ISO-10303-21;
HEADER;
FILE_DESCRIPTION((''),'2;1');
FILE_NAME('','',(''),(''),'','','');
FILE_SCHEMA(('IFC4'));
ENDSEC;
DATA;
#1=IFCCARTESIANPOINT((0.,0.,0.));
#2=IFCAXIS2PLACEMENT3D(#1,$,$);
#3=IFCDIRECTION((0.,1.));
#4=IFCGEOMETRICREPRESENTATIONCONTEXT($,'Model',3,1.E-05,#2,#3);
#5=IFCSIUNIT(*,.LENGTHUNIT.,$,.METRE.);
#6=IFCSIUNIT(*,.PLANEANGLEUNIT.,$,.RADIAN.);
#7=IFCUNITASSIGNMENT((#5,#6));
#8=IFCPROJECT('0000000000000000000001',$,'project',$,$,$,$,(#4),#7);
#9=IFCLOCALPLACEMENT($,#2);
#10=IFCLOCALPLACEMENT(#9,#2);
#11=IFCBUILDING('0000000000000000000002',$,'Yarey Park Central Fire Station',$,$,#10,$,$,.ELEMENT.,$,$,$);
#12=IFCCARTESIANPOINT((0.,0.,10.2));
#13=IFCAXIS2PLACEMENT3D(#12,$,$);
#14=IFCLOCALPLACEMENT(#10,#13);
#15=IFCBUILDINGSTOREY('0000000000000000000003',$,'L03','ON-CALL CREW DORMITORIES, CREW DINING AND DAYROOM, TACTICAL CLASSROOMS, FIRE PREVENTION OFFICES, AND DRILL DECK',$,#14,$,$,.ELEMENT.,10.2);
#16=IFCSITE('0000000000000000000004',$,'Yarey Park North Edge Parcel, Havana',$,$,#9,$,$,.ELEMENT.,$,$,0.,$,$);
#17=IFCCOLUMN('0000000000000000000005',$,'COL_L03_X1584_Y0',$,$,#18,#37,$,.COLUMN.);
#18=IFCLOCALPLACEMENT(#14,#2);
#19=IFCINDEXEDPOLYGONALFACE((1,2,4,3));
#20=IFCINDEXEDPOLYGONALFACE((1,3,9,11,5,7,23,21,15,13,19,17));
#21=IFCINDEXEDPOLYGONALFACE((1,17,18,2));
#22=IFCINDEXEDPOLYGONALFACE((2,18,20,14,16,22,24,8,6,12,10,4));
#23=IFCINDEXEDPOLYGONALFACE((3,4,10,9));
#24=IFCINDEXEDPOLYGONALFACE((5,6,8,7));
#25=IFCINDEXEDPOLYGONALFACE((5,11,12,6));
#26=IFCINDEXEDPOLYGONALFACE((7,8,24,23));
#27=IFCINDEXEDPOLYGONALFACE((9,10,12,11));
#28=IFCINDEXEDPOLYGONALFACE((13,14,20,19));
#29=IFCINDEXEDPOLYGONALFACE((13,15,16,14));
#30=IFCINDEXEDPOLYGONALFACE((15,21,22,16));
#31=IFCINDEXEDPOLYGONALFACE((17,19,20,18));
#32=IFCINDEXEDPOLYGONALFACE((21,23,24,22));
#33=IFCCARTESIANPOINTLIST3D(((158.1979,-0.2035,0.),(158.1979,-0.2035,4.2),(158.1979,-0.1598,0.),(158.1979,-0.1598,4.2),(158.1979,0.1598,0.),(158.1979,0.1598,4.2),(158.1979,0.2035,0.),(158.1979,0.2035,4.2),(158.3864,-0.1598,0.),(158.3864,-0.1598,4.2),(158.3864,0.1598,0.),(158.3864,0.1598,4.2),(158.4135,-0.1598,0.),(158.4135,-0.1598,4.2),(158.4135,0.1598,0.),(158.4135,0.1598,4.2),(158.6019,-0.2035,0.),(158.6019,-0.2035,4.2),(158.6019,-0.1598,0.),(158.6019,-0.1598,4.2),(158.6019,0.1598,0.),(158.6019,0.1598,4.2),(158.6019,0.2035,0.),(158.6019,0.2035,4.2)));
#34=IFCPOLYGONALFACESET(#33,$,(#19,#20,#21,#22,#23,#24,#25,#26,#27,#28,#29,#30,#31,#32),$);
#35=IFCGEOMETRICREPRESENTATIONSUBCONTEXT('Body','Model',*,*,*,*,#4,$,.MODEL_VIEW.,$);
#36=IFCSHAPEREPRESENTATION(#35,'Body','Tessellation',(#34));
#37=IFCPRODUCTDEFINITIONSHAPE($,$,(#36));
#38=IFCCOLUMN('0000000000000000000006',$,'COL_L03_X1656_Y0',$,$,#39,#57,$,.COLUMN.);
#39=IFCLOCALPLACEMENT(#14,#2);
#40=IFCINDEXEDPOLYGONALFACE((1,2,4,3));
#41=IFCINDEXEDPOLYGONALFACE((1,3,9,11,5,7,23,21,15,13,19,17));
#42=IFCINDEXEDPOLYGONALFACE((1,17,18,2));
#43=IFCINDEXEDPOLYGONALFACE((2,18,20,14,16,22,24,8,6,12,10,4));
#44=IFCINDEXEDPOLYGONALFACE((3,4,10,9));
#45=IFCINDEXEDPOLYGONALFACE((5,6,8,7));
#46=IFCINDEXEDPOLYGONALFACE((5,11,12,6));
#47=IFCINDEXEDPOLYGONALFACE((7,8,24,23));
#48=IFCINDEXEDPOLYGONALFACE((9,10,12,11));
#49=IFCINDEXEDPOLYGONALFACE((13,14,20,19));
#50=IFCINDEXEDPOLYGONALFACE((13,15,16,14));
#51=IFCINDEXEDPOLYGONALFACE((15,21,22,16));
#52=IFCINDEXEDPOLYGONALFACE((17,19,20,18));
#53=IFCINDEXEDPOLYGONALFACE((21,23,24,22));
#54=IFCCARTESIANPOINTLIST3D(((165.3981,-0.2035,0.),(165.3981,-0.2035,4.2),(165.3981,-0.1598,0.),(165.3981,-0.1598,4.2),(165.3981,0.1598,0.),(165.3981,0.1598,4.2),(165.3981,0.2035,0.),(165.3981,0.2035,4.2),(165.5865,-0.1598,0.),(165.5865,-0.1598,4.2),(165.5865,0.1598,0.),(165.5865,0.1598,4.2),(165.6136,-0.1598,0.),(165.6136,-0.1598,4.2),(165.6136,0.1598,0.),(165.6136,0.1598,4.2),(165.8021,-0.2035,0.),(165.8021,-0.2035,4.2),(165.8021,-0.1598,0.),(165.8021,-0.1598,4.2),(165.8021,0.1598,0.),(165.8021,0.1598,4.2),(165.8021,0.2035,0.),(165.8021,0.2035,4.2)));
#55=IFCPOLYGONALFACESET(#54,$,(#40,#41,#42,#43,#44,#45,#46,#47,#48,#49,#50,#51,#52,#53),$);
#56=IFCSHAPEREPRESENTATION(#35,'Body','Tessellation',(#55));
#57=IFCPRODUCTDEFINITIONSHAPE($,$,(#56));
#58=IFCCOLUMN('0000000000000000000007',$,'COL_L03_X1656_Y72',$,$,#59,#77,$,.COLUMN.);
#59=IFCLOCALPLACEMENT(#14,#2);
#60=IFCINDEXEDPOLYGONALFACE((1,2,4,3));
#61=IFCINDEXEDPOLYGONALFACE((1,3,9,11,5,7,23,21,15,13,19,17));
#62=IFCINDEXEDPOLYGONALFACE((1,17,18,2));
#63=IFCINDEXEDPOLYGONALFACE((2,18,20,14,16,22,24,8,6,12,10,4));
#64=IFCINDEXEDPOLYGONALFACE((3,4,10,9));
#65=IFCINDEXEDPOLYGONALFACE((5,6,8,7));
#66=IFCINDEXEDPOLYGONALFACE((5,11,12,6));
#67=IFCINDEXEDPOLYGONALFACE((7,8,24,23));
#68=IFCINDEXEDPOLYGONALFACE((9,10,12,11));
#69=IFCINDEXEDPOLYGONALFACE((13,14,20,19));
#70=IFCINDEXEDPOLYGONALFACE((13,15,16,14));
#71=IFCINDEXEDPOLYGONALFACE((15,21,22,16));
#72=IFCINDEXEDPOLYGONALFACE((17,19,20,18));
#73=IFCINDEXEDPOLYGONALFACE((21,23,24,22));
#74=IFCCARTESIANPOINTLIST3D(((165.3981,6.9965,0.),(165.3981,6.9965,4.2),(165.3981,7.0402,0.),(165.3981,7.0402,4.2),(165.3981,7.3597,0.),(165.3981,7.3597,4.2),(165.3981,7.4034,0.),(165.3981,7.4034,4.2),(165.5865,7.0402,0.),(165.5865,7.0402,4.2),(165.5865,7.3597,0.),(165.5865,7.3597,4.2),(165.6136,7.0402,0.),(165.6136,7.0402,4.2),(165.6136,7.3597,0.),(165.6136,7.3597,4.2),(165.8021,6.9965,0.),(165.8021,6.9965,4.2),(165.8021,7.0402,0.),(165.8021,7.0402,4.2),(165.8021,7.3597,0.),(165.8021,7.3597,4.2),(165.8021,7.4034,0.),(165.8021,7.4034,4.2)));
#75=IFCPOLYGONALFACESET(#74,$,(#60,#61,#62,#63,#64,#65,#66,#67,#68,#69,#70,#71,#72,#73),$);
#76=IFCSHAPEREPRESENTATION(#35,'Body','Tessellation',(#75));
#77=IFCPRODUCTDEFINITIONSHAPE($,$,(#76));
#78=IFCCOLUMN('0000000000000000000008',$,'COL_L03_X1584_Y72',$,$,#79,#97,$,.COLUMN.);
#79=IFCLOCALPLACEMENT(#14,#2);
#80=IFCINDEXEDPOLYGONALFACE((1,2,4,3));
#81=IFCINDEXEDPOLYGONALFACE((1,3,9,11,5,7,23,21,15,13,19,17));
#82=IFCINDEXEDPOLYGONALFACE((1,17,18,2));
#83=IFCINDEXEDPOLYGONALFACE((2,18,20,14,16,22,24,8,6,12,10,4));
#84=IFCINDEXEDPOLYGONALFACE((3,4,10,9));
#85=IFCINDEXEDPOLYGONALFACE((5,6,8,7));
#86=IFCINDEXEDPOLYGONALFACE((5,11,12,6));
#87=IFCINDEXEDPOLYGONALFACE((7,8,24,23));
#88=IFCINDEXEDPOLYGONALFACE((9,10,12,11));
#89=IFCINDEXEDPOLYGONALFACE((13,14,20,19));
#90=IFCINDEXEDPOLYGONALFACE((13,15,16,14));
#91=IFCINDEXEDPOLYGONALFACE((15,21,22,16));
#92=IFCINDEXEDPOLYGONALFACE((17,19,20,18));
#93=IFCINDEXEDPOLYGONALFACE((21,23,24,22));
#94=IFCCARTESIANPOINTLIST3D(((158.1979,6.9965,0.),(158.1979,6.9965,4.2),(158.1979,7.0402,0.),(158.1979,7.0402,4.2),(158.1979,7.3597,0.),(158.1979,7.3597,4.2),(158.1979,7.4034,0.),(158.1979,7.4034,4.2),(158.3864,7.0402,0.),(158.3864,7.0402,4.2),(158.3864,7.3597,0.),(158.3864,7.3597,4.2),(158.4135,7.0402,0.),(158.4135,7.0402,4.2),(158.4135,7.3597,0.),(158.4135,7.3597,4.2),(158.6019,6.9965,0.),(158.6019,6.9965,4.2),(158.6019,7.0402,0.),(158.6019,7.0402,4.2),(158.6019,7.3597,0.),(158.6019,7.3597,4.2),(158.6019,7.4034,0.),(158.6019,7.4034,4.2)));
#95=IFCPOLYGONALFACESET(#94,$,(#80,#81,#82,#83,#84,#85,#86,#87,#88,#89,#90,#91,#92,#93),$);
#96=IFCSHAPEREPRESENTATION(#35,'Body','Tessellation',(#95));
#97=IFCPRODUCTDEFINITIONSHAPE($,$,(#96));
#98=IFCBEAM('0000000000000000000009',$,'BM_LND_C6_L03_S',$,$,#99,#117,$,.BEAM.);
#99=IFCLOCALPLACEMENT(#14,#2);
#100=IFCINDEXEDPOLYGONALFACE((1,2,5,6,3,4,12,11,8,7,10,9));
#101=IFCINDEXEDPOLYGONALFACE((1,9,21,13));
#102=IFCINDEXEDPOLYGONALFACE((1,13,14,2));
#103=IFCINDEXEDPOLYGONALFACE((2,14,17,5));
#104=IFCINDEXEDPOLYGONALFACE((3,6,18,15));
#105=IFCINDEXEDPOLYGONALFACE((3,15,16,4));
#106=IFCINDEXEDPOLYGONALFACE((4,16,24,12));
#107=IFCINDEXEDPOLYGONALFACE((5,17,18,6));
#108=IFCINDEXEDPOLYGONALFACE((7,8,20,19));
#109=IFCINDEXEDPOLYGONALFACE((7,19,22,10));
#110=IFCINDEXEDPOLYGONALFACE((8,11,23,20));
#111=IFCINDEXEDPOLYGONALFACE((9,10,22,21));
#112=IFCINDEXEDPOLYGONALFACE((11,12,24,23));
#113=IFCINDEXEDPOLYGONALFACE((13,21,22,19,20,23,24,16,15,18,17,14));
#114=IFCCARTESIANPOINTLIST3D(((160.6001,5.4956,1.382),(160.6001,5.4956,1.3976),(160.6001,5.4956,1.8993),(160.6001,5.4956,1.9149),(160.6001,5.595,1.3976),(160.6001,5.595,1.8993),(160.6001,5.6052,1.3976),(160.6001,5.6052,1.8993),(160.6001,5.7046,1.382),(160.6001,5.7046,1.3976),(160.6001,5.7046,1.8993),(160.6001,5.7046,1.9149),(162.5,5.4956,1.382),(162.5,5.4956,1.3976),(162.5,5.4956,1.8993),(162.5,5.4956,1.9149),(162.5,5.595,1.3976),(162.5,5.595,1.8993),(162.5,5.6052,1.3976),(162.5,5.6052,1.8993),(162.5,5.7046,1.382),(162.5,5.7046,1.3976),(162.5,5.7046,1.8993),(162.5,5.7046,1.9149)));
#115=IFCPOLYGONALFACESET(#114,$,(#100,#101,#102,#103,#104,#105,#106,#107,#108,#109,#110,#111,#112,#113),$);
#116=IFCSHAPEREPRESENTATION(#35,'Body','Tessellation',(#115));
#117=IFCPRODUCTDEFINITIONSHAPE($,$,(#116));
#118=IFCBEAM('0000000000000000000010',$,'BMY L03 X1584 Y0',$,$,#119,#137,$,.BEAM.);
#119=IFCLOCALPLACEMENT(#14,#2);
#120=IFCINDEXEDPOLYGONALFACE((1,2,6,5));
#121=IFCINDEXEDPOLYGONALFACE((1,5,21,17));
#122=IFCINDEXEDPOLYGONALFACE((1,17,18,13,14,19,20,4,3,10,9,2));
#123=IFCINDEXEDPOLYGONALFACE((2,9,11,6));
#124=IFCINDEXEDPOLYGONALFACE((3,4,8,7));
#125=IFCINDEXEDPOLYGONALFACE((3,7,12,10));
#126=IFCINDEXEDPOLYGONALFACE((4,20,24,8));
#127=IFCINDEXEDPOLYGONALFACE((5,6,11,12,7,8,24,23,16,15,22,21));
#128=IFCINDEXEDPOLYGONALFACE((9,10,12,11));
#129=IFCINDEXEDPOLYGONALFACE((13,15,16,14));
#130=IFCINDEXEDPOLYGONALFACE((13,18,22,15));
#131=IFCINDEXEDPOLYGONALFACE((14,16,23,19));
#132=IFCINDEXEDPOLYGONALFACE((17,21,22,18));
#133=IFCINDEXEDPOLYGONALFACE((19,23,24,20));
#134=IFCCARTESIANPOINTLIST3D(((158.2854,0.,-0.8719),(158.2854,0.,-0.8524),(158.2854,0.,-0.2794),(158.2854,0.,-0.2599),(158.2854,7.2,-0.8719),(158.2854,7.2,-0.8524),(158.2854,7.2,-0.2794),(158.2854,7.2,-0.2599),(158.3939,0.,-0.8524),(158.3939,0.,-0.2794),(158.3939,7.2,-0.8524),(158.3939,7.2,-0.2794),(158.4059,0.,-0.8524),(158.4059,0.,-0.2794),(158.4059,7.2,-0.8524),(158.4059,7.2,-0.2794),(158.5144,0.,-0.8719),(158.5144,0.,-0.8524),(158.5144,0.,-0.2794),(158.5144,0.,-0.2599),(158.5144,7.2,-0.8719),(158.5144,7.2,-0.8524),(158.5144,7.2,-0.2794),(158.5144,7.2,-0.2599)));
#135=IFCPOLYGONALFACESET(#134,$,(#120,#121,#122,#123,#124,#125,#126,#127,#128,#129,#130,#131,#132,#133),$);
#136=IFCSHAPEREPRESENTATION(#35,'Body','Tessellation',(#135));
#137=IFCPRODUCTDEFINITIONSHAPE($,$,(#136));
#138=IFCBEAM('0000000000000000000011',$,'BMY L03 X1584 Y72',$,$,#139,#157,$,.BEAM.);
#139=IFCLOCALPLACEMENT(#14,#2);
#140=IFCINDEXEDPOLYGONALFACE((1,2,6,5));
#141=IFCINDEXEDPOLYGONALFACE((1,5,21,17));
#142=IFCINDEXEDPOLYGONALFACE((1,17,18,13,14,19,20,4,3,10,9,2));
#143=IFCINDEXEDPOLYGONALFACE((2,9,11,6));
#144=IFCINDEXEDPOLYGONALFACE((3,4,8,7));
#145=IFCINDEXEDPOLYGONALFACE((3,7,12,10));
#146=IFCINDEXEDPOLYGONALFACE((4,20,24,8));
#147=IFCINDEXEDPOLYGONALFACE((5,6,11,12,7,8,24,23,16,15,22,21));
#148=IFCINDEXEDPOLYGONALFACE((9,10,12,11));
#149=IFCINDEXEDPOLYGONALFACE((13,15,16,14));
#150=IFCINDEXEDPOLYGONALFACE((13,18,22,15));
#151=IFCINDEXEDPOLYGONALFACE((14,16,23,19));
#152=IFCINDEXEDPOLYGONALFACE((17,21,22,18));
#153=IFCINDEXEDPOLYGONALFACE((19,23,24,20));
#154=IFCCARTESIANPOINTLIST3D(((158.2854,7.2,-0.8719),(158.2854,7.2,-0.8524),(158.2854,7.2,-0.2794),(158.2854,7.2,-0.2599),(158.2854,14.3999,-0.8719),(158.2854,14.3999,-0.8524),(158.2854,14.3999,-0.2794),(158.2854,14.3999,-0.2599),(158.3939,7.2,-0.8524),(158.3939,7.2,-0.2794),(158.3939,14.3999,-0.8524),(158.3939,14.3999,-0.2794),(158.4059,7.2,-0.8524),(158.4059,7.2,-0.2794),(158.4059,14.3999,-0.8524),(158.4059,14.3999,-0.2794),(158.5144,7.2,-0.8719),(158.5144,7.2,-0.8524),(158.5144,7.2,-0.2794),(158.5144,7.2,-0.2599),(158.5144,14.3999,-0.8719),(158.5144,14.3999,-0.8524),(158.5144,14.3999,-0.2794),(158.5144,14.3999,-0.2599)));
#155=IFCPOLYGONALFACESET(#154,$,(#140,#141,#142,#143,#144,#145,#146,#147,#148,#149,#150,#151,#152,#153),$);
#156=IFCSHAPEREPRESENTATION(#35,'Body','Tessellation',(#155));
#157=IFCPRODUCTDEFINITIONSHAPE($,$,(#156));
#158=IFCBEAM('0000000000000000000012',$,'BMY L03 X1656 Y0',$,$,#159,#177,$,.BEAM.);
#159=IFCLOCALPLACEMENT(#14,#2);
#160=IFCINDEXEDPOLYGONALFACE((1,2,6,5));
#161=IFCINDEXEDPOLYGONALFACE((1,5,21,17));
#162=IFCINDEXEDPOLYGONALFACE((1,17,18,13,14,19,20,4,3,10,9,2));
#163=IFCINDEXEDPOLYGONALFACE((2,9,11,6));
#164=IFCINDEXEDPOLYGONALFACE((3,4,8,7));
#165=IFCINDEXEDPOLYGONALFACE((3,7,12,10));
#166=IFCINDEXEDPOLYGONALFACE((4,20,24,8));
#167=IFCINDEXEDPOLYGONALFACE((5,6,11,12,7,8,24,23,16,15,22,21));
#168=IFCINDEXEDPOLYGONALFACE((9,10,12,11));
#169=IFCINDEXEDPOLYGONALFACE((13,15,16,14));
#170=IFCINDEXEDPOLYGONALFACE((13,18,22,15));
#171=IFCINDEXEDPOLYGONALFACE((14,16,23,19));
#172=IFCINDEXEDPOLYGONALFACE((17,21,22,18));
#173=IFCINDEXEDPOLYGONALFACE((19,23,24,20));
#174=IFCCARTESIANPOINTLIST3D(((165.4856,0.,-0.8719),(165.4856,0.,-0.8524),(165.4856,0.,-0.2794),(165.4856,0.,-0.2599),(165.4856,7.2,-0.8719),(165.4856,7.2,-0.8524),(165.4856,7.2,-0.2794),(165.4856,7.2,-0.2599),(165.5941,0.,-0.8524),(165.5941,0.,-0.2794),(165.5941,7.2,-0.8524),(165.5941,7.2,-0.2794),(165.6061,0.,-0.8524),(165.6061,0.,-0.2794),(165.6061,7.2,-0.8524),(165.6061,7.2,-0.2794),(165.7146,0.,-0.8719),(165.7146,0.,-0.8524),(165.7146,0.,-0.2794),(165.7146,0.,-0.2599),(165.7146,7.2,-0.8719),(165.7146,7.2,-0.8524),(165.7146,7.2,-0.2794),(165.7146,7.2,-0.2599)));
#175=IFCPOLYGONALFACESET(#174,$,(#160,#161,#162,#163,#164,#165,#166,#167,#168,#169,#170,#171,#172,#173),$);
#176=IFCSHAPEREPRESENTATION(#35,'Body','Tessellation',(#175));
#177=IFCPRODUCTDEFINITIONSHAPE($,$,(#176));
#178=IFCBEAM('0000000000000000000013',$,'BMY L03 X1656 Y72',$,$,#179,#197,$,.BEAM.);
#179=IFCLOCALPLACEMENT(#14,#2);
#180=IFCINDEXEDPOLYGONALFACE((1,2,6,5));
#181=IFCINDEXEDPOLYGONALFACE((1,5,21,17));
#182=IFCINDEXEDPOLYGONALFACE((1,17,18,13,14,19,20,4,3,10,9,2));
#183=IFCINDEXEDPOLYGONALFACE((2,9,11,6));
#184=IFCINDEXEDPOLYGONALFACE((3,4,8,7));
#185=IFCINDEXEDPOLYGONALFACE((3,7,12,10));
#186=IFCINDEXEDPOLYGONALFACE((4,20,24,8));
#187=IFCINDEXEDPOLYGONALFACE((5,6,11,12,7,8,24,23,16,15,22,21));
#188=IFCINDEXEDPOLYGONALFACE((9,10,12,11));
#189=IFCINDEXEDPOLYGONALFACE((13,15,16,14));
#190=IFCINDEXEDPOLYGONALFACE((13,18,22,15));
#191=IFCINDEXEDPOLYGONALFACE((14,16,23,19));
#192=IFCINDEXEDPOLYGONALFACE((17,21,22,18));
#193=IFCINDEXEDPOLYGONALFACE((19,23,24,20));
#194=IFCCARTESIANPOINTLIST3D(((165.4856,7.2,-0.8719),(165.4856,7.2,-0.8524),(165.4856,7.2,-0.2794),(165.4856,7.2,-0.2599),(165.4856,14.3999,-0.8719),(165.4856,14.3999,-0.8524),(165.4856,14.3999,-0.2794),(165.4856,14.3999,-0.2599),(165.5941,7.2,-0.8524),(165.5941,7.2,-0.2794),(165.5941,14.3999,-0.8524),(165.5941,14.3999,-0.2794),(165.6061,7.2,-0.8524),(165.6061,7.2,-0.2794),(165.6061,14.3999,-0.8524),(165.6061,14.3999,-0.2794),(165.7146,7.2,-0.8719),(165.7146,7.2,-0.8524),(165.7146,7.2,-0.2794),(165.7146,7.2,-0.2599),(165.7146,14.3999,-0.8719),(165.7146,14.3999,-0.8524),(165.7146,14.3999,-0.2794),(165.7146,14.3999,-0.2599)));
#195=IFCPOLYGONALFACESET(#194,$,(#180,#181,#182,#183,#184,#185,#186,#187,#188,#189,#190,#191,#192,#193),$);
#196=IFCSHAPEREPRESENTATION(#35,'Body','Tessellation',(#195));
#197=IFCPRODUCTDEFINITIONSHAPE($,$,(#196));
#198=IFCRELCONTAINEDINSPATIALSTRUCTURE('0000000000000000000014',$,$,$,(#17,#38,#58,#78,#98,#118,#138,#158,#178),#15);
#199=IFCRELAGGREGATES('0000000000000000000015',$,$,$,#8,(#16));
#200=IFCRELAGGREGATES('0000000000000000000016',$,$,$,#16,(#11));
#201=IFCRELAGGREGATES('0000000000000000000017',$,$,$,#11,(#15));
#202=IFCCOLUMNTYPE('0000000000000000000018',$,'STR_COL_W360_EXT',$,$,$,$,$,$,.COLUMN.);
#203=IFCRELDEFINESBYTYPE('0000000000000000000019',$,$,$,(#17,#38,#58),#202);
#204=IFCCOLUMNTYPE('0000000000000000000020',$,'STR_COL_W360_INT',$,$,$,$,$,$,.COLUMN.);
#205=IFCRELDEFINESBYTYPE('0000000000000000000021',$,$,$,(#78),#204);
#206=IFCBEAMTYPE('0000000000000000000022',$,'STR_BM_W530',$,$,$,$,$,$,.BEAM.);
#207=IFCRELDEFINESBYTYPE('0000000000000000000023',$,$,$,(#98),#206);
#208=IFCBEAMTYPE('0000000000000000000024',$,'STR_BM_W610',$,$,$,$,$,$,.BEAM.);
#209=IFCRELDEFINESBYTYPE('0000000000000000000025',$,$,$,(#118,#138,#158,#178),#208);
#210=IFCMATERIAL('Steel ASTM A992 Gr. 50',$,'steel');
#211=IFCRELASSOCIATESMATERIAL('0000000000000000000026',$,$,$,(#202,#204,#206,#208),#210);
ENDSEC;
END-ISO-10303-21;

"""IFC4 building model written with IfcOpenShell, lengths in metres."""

from ifc_helpers import new_model, si_unit, direction, frame, origin, origin_2d, place, context, subcontext, project, spatial, i_section, extrude, material, material_profile, profile_set, type_object, element, save


model = new_model("IFC4")

# Units and contexts
model_context = context("Model", 3, precision=1e-05, world=origin(), true_north=direction((0.0, 1.0)))
body_context = subcontext(model_context, "Body", "Model", "MODEL_VIEW")
ifc_project = project(units=[si_unit("LENGTHUNIT", "METRE"), si_unit("PLANEANGLEUNIT", "RADIAN")], contexts=[model_context])

# Site, building, storey
site_placement = place(None, origin())
site = spatial("IfcSite", under=ifc_project, at=site_placement, Name="Yarey Park North Edge Parcel, Havana", CompositionType="ELEMENT", RefElevation=0.0)
building_placement = place(site_placement, origin())
building = spatial("IfcBuilding", under=site, at=building_placement, Name="Yarey Park Central Fire Station", CompositionType="ELEMENT")
storey_placement = place(building_placement, frame((0.0, 0.0, 10.2)))
storey = spatial("IfcBuildingStorey", under=building, at=storey_placement, Name="L03", Description="ON-CALL CREW DORMITORIES, CREW DINING AND DAYROOM, TACTICAL CLASSROOMS, FIRE PREVENTION OFFICES, AND DRILL DECK", CompositionType="ELEMENT", Elevation=10.2)

# Columns
ifc_material_1 = material(Name="Steel ASTM A992 Gr. 50", Category="steel")
ifc_material_profile_1 = material_profile(ifc_material_1, i_section(OverallWidth=0.4041, OverallDepth=0.407, WebThickness=0.0271, FlangeThickness=0.0437, at=origin_2d()), Name="W360x347")
ifc_profile_set_1 = profile_set([ifc_material_profile_1], Name="Steel ASTM A992 Gr. 50")
column_type_1 = type_object("IfcColumnType", Name="STR_COL_W360_EXT", PredefinedType="COLUMN", material=ifc_profile_set_1)
for number, where, z_axis, x_axis, name in (
    (1, (158.3999, 0.0, 0.0), (0.0, 0.0, 1.0), (1.0, 0.0, 0.0), "COL_L03_X1584_Y0"),
    (2, (165.6001, 0.0, 0.0), (0.0, 0.0, 1.0), (1.0, 0.0, 0.0), "COL_L03_X1656_Y0"),
    (3, (165.6001, 7.2, 0.0), (0.0, 0.0, 1.0), (1.0, 0.0, 0.0), "COL_L03_X1656_Y72"),
):
    element("IfcColumn", number, at=place(storey_placement, frame(where, z_axis=z_axis, x_axis=x_axis)), inside=storey, type_object=column_type_1, Name=name, PredefinedType="COLUMN", context=body_context, shape_type="SweptSolid", body=[
        extrude(i_section(OverallWidth=0.4041, OverallDepth=0.407, WebThickness=0.0271, FlangeThickness=0.0437, at=origin_2d()), origin(), (0.0, 0.0, 1.0), 4.2),
    ])
ifc_material_profile_2 = material_profile(ifc_material_1, i_section(OverallWidth=0.4041, OverallDepth=0.407, WebThickness=0.0271, FlangeThickness=0.0437, at=origin_2d()), Name="W360x347")
ifc_profile_set_2 = profile_set([ifc_material_profile_2], Name="Steel ASTM A992 Gr. 50")
column_type_2 = type_object("IfcColumnType", Name="STR_COL_W360_INT", PredefinedType="COLUMN", material=ifc_profile_set_2)
column_placement = place(storey_placement, frame((158.3999, 7.2, 0.0), z_axis=(0.0, 0.0, 1.0), x_axis=(1.0, 0.0, 0.0)))
element("IfcColumn", 4, at=column_placement, inside=storey, type_object=column_type_2, Name="COL_L03_X1584_Y72", PredefinedType="COLUMN", context=body_context, shape_type="SweptSolid", body=[
    extrude(i_section(OverallWidth=0.4041, OverallDepth=0.407, WebThickness=0.0271, FlangeThickness=0.0437, at=origin_2d()), origin(), (0.0, 0.0, 1.0), 4.2),
])

# Beams
ifc_material_profile_3 = material_profile(ifc_material_1, i_section(OverallWidth=0.209, OverallDepth=0.533, WebThickness=0.0103, FlangeThickness=0.0156, at=origin_2d()), Name="W530x92")
ifc_profile_set_3 = profile_set([ifc_material_profile_3], Name="Steel ASTM A992 Gr. 50")
beam_type_1 = type_object("IfcBeamType", Name="STR_BM_W530", PredefinedType="BEAM", material=ifc_profile_set_3)
beam_1_placement = place(storey_placement, frame((160.6001, 5.6001, 1.6484), z_axis=(1.0, 0.0, 0.0), x_axis=(0.0, 1.0, 0.0)))
element("IfcBeam", 5, at=beam_1_placement, inside=storey, type_object=beam_type_1, Name="BM_LND_C6_L03_S", PredefinedType="BEAM", context=body_context, shape_type="SweptSolid", body=[
    extrude(i_section(OverallWidth=0.209, OverallDepth=0.533, WebThickness=0.0103, FlangeThickness=0.0156, at=origin_2d()), origin(), (0.0, 0.0, 1.0), 1.8999),
])
ifc_material_profile_4 = material_profile(ifc_material_1, i_section(OverallWidth=0.229, OverallDepth=0.6121, WebThickness=0.012, FlangeThickness=0.0195, at=origin_2d()), Name="W610x125")
ifc_profile_set_4 = profile_set([ifc_material_profile_4], Name="Steel ASTM A992 Gr. 50")
beam_type_2 = type_object("IfcBeamType", Name="STR_BM_W610", PredefinedType="BEAM", material=ifc_profile_set_4)
for number, where, z_axis, x_axis, name in (
    (6, (158.3999, 0.0, -0.5659), (0.0, 1.0, 0.0), (-1.0, 0.0, 0.0), "BMY L03 X1584 Y0"),
    (7, (158.3999, 7.2, -0.5659), (0.0, 1.0, 0.0), (-1.0, 0.0, 0.0), "BMY L03 X1584 Y72"),
    (8, (165.6001, 0.0, -0.5659), (0.0, 1.0, 0.0), (-1.0, 0.0, 0.0), "BMY L03 X1656 Y0"),
    (9, (165.6001, 7.2, -0.5659), (0.0, 1.0, 0.0), (-1.0, 0.0, 0.0), "BMY L03 X1656 Y72"),
):
    element("IfcBeam", number, at=place(storey_placement, frame(where, z_axis=z_axis, x_axis=x_axis)), inside=storey, type_object=beam_type_2, Name=name, PredefinedType="BEAM", context=body_context, shape_type="SweptSolid", body=[
        extrude(i_section(OverallWidth=0.229, OverallDepth=0.6121, WebThickness=0.012, FlangeThickness=0.0195, at=origin_2d()), origin(), (0.0, 0.0, 1.0), 7.2),
    ])

save(model, "model.ifc")
